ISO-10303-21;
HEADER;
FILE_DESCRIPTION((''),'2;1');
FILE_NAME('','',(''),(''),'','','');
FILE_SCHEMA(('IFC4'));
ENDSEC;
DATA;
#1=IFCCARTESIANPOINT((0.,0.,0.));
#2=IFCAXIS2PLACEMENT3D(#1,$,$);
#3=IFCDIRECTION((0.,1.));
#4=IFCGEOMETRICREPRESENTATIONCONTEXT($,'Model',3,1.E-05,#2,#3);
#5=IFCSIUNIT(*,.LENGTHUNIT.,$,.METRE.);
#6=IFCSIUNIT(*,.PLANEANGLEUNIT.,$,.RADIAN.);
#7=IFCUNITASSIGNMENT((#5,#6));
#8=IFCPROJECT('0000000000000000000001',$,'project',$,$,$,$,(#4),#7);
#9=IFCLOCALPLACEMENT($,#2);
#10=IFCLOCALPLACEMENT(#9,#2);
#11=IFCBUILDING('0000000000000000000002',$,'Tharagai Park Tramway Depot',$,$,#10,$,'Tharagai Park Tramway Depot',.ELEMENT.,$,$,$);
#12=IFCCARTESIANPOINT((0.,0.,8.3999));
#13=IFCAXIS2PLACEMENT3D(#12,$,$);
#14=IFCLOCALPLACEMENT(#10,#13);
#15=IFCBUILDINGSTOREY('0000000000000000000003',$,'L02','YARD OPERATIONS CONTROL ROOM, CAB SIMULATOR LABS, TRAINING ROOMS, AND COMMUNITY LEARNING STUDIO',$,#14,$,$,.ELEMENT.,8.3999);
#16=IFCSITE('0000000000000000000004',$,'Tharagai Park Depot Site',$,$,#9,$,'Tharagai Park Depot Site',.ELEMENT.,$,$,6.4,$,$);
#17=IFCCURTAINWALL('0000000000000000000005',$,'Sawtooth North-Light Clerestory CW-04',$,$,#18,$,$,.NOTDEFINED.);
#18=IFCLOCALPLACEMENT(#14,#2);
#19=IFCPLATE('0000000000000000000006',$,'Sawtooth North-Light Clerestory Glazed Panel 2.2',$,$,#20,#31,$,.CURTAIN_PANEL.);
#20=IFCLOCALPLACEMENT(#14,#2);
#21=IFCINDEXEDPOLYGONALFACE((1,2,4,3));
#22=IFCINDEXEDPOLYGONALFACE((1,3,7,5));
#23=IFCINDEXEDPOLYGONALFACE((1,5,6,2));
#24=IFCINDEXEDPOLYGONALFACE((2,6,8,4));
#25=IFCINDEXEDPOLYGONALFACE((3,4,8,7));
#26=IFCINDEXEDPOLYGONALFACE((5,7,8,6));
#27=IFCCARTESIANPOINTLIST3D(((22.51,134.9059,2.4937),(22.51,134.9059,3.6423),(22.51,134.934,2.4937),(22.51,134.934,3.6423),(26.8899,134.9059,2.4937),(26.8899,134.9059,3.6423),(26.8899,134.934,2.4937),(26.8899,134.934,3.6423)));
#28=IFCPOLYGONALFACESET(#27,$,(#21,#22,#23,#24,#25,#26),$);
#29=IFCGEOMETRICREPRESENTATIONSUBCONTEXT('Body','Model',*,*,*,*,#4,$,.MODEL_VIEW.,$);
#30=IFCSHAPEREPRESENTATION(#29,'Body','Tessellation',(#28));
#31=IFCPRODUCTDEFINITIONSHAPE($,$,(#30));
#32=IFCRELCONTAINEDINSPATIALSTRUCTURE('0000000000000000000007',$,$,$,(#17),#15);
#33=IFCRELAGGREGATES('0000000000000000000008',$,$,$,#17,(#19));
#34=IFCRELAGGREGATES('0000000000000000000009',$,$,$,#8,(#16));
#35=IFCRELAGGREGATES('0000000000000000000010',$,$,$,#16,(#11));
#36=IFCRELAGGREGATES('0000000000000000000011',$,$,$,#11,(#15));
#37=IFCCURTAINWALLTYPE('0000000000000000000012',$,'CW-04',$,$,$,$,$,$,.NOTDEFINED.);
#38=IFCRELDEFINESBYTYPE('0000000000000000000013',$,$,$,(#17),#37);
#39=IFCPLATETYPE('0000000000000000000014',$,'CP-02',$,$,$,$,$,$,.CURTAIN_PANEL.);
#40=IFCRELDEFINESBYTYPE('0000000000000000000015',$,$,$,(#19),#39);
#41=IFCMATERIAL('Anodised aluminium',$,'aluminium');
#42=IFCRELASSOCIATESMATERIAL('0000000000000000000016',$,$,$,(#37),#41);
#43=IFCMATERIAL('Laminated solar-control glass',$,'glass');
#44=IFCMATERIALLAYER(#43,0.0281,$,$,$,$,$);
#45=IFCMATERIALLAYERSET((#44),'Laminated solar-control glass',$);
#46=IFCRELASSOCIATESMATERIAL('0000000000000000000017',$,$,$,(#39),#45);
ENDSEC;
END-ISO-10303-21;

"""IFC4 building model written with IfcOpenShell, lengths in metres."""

from ifc_helpers import new_model, si_unit, direction, frame, origin, origin_2d, place, context, subcontext, project, spatial, rectangle, extrude, material, layer, layer_set, type_object, element, aggregate, save


model = new_model("IFC4")

# Units and contexts
model_context = context("Model", 3, precision=1e-05, world=origin(), true_north=direction((0.0, 1.0)))
body_context = subcontext(model_context, "Body", "Model", "MODEL_VIEW")
ifc_project = project(units=[si_unit("LENGTHUNIT", "METRE"), si_unit("PLANEANGLEUNIT", "RADIAN")], contexts=[model_context])

# Site, building, storey
site_placement = place(None, origin())
site = spatial("IfcSite", under=ifc_project, at=site_placement, Name="Tharagai Park Depot Site", LongName="Tharagai Park Depot Site", CompositionType="ELEMENT", RefElevation=6.4)
building_placement = place(site_placement, origin())
building = spatial("IfcBuilding", under=site, at=building_placement, Name="Tharagai Park Tramway Depot", LongName="Tharagai Park Tramway Depot", CompositionType="ELEMENT")
storey_placement = place(building_placement, frame((0.0, 0.0, 8.3999)))
storey = spatial("IfcBuildingStorey", under=building, at=storey_placement, Name="L02", Description="YARD OPERATIONS CONTROL ROOM, CAB SIMULATOR LABS, TRAINING ROOMS, AND COMMUNITY LEARNING STUDIO", CompositionType="ELEMENT", Elevation=8.3999)

# Shared definitions
ifc_material_1 = material(Name="Anodised aluminium", Category="aluminium")

# Curtain wall
curtain_wall_type_1 = type_object("IfcCurtainWallType", Name="CW-04", PredefinedType="NOTDEFINED", material=ifc_material_1)
curtain_wall_1_placement = place(storey_placement, origin())
curtain_wall_1 = element("IfcCurtainWall", 1, at=curtain_wall_1_placement, inside=storey, type_object=curtain_wall_type_1, Name="Sawtooth North-Light Clerestory CW-04", PredefinedType="NOTDEFINED")

# Plate
ifc_material_2 = material(Name="Laminated solar-control glass", Category="glass")
ifc_layer = layer(ifc_material_2, 0.0281)
ifc_layer_set = layer_set([ifc_layer], Name="Laminated solar-control glass")
plate_type = type_object("IfcPlateType", Name="CP-02", PredefinedType="CURTAIN_PANEL", material=ifc_layer_set)
plate_1_placement = place(storey_placement, frame((24.7, 134.9199, 2.4937), z_axis=(0.0, 0.0, 1.0), x_axis=(1.0, 0.0, 0.0)))
plate_1 = element("IfcPlate", 2, at=plate_1_placement, type_object=plate_type, Name="Sawtooth North-Light Clerestory Glazed Panel 2.2", PredefinedType="CURTAIN_PANEL", context=body_context, shape_type="SweptSolid", body=[
    extrude(rectangle(XDim=4.3799, YDim=0.0281, at=origin_2d()), origin(), (0.0, 0.0, 1.0), 1.1487),
])
aggregate(curtain_wall_1, [plate_1])

save(model, "model.ifc")
